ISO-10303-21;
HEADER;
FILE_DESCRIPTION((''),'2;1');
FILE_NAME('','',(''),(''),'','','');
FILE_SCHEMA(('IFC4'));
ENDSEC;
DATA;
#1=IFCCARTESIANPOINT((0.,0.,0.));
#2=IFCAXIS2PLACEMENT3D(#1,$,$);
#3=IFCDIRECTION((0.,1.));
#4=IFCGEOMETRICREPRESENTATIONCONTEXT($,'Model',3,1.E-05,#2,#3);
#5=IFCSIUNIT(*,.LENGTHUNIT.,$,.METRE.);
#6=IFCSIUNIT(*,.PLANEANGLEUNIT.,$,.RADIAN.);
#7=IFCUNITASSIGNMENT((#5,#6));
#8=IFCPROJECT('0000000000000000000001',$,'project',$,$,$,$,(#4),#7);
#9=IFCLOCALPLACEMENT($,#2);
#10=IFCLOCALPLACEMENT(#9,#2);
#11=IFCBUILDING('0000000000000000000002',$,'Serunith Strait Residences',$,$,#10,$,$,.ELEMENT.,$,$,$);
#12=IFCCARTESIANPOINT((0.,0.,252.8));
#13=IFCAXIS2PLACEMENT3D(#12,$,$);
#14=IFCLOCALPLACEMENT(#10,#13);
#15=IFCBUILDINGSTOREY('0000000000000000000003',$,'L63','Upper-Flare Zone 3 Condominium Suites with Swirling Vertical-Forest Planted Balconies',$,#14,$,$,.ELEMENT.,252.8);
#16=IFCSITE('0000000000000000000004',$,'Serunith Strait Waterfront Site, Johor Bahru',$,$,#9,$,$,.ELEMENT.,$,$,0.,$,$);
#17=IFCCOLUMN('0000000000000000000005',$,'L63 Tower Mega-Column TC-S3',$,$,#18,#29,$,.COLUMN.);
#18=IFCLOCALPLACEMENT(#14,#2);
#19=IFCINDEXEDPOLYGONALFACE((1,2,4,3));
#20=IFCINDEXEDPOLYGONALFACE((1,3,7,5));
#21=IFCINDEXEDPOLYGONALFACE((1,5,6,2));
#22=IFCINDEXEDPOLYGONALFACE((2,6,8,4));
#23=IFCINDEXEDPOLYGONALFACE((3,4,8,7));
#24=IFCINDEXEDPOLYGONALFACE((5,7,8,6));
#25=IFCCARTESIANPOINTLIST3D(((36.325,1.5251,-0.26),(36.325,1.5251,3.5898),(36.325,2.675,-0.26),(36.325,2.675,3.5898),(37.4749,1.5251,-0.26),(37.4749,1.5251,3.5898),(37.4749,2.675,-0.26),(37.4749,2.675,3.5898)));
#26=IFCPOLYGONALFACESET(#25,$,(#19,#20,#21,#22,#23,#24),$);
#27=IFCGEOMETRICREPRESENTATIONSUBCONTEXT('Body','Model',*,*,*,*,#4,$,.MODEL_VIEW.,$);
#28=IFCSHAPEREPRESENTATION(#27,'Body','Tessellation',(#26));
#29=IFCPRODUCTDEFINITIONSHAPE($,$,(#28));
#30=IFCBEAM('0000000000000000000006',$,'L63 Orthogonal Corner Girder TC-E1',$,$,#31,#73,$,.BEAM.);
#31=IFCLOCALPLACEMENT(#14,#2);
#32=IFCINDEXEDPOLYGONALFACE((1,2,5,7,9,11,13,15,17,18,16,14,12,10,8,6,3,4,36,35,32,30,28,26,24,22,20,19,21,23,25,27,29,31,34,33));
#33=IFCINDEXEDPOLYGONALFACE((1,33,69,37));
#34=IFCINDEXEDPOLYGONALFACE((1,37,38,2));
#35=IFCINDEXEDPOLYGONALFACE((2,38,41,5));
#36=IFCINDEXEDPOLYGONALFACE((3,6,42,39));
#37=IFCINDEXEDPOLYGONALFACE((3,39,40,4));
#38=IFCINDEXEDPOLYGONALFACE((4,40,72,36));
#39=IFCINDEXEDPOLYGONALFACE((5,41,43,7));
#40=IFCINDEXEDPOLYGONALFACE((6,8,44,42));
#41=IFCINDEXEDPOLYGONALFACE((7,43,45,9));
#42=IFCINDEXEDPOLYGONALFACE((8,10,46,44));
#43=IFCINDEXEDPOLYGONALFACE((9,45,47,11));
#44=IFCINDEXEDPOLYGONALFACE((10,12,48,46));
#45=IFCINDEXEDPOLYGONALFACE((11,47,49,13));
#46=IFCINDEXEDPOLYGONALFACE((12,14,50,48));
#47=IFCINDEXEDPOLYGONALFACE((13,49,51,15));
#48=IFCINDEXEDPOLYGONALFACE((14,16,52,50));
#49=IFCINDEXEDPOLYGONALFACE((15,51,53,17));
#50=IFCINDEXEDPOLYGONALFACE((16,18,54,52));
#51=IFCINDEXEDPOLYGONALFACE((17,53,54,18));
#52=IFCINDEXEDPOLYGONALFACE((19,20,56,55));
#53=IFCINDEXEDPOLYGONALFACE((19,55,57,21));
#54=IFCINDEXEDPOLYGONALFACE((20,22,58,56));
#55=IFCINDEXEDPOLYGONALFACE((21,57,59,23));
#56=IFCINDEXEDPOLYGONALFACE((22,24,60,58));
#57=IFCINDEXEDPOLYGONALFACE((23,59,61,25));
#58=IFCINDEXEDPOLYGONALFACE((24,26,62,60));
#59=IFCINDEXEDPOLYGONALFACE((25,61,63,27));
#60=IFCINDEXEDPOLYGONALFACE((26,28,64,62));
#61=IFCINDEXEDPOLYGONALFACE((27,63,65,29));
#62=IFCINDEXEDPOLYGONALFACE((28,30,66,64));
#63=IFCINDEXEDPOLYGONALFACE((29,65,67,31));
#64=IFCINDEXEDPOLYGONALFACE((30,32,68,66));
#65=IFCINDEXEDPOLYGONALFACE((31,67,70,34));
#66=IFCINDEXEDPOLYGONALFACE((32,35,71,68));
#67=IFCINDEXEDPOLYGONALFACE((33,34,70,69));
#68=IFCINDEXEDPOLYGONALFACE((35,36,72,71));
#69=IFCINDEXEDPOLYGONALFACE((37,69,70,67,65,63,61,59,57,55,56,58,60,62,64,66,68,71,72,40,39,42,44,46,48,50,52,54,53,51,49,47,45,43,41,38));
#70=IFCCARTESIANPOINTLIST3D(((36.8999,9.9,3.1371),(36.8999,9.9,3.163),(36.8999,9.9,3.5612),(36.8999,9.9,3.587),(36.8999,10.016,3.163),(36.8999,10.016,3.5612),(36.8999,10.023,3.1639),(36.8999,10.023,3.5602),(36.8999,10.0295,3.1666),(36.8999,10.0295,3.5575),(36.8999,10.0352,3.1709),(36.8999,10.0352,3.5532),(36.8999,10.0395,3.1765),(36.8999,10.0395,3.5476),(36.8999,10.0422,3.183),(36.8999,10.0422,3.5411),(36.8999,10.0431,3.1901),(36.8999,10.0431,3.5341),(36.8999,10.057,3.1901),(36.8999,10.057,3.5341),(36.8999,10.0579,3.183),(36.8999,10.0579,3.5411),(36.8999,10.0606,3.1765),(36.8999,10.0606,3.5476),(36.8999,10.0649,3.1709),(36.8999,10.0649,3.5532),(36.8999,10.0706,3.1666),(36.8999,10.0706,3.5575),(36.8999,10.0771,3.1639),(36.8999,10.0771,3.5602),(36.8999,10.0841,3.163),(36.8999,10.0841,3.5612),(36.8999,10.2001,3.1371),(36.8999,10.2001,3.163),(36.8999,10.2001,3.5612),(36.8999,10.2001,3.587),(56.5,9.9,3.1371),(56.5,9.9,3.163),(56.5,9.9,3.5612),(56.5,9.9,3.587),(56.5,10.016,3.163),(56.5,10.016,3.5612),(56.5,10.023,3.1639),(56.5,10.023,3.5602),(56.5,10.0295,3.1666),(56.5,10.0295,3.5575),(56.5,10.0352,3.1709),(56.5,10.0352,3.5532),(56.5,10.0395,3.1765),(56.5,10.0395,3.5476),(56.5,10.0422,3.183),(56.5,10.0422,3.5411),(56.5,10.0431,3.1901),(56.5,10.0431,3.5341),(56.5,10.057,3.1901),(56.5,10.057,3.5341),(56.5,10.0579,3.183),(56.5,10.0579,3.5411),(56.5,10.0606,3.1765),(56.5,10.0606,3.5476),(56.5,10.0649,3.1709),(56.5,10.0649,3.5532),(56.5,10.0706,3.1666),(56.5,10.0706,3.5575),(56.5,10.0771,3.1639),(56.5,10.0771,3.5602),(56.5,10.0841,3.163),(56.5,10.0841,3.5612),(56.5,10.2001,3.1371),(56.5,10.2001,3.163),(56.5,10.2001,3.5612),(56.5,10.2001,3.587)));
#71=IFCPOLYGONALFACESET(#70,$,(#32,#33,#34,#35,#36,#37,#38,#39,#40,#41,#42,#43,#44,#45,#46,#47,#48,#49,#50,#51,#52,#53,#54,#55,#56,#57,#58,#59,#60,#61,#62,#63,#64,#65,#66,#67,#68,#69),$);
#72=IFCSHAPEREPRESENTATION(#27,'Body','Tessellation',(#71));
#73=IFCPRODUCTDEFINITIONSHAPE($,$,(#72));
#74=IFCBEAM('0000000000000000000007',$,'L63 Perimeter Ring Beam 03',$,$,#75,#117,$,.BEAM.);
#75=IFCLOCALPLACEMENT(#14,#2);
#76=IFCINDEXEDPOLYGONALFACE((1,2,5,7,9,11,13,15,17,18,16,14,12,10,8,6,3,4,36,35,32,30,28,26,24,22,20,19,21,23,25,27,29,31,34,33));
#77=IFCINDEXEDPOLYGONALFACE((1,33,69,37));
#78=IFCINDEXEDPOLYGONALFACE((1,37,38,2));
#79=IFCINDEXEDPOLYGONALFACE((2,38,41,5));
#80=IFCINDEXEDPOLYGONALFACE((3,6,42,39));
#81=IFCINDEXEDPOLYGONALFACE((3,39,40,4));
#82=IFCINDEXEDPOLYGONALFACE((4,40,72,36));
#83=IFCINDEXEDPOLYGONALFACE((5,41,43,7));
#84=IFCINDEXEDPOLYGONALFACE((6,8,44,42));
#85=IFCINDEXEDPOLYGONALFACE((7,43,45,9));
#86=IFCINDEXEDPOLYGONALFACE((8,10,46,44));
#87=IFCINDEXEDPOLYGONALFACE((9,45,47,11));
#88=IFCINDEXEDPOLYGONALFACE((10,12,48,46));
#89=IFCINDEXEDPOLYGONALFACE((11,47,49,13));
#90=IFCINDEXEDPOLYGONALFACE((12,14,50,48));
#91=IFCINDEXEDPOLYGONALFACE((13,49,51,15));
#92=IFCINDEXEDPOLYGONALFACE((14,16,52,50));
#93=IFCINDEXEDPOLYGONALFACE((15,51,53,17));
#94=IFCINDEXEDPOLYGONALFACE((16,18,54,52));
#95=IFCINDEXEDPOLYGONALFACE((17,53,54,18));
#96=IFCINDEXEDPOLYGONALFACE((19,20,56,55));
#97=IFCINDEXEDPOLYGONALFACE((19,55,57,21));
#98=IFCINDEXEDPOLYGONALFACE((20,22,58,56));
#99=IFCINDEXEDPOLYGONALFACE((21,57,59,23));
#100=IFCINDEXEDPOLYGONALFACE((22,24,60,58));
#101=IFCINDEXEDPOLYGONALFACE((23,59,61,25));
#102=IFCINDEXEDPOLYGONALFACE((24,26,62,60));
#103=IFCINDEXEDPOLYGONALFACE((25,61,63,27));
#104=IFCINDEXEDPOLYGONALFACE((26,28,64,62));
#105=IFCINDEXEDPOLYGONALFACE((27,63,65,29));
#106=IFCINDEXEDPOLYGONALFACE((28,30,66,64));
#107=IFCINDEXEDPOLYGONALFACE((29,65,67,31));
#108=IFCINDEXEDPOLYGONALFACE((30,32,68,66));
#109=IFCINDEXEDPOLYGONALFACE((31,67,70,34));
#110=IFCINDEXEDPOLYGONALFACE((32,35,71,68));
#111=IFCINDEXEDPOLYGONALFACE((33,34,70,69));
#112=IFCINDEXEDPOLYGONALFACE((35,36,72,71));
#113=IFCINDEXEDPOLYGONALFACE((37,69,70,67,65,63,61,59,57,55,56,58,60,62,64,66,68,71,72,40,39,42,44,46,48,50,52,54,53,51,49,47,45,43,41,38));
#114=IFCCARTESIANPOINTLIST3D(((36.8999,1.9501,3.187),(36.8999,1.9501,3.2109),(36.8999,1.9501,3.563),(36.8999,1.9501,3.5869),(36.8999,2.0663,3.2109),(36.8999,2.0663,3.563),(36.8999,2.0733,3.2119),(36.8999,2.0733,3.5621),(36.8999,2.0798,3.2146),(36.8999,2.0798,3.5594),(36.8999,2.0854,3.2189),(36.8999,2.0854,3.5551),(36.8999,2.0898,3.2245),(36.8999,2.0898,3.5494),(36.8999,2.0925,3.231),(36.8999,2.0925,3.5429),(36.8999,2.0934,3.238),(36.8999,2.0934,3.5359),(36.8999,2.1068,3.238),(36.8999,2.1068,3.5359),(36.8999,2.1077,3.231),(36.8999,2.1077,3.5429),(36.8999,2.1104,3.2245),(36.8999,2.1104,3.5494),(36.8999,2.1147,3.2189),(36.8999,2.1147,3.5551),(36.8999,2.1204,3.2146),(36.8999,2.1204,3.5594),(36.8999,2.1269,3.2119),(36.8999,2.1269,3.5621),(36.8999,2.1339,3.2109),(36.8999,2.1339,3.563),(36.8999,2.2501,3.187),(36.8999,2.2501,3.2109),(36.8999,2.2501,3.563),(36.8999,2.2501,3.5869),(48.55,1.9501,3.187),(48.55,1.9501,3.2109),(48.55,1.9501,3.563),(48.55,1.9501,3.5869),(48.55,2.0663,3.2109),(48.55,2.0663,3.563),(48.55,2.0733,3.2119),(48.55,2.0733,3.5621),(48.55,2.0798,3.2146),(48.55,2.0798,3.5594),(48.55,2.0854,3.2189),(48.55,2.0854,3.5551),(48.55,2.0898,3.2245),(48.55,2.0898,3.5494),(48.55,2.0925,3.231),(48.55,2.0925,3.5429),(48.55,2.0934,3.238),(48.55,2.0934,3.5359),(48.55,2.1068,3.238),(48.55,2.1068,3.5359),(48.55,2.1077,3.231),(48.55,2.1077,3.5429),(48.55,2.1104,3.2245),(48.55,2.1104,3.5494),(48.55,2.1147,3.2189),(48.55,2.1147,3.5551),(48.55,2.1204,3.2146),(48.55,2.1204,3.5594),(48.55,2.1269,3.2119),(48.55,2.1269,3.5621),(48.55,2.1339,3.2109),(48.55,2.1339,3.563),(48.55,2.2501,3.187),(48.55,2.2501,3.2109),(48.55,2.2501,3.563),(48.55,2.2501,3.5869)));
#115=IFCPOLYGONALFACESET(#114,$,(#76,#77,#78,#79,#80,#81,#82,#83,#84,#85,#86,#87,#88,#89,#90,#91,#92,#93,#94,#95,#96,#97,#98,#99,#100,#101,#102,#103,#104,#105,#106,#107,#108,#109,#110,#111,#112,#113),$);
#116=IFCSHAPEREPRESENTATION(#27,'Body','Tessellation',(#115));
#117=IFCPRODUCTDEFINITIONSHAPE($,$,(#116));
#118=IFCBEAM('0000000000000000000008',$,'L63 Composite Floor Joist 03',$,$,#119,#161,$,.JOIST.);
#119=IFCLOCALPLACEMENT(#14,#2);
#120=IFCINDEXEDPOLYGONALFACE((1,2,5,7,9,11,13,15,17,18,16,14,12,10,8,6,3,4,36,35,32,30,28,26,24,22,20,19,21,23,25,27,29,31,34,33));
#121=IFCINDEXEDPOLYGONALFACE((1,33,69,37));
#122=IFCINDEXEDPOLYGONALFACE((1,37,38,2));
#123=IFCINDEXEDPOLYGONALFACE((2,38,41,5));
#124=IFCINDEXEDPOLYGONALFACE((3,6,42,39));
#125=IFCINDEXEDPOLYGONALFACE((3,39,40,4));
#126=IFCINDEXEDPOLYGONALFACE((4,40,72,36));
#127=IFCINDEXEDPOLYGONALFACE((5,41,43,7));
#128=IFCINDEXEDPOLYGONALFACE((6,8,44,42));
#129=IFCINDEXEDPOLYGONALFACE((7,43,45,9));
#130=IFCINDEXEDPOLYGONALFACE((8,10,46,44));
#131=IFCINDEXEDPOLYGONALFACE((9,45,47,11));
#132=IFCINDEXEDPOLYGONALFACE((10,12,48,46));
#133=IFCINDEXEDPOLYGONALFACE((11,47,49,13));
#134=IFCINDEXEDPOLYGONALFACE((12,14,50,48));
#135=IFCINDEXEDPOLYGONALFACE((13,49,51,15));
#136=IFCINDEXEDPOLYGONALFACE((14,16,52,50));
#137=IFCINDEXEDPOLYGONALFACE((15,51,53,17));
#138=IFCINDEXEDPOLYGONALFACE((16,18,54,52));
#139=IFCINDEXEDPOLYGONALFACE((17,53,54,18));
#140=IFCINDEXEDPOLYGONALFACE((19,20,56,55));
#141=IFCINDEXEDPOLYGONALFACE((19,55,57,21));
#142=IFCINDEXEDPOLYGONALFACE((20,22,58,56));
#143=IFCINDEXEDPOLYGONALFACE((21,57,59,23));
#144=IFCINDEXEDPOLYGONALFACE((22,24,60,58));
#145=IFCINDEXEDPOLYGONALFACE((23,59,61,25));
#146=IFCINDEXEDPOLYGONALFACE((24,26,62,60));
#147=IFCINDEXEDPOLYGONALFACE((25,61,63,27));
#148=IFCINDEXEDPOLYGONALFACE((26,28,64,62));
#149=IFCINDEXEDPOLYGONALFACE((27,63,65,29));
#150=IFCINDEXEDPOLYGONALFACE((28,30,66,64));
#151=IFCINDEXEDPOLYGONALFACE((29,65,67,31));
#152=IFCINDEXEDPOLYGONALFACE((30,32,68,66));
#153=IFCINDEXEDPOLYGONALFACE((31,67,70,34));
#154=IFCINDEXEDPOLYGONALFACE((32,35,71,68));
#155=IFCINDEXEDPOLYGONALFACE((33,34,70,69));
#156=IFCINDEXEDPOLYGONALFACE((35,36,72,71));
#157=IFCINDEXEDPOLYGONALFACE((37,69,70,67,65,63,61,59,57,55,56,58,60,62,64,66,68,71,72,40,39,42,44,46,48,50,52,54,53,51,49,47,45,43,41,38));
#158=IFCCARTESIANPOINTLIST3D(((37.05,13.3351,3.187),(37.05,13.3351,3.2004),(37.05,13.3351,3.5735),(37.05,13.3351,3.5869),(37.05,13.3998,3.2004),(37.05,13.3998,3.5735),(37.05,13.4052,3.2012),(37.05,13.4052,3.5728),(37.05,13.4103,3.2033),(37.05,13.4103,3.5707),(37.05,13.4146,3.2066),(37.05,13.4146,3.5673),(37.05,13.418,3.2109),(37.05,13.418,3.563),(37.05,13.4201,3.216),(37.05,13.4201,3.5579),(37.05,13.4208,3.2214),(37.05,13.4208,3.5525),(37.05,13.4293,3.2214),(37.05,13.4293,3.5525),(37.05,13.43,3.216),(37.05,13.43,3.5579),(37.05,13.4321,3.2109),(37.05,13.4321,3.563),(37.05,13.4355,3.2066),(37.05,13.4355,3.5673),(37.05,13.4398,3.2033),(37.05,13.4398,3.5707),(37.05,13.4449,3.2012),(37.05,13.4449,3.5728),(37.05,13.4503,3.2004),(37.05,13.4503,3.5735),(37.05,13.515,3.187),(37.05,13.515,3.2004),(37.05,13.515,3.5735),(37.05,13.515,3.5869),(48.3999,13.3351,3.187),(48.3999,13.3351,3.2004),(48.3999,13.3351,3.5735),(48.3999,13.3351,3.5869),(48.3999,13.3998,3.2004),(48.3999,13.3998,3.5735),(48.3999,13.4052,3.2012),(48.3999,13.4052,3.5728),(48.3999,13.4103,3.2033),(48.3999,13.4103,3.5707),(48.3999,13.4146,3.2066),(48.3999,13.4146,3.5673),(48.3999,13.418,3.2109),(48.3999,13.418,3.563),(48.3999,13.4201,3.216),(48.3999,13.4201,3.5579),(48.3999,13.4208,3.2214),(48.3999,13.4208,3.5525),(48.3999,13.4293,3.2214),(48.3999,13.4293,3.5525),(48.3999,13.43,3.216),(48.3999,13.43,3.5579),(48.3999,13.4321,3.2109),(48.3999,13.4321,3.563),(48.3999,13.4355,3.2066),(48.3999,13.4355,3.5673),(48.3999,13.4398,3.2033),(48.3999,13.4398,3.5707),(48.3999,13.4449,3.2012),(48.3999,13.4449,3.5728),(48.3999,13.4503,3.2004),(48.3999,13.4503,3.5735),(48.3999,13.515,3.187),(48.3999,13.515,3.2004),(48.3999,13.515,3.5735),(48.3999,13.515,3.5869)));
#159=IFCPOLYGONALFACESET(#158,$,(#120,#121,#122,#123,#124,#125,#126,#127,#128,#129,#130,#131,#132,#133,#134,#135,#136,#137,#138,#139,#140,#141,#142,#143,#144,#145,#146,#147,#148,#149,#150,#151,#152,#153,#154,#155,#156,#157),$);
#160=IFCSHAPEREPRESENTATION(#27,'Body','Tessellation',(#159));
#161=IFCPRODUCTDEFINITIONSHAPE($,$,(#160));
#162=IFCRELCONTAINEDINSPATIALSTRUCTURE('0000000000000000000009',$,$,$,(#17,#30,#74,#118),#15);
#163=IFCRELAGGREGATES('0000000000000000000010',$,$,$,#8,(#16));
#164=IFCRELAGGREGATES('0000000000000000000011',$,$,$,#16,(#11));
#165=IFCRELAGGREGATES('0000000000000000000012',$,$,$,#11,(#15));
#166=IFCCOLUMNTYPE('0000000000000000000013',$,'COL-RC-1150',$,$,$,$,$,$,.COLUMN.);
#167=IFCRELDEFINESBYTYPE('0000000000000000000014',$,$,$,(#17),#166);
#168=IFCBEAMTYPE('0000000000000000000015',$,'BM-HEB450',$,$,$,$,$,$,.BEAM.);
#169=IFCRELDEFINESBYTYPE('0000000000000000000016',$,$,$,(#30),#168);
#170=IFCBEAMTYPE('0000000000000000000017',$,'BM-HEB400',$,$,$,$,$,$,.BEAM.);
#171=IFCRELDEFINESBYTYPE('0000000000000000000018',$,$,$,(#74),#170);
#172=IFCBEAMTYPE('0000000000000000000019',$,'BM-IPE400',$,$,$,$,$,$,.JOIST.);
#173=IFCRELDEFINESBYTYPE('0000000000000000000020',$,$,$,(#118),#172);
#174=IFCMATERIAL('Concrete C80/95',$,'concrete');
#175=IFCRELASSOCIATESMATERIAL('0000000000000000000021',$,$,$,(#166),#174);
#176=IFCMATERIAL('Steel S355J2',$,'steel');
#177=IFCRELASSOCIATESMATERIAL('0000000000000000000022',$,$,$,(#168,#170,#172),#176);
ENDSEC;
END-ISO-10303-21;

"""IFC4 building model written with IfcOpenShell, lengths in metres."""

from ifc_helpers import new_model, si_unit, direction, frame, origin, origin_2d, place, context, subcontext, project, spatial, rectangle, i_section, extrude, source, transform, mapped, material, material_profile, profile_set, type_object, element, save


model = new_model("IFC4")

# Units and contexts
model_context = context("Model", 3, precision=1e-05, world=origin(), true_north=direction((0.0, 1.0)))
body_context = subcontext(model_context, "Body", "Model", "MODEL_VIEW")
ifc_project = project(units=[si_unit("LENGTHUNIT", "METRE"), si_unit("PLANEANGLEUNIT", "RADIAN")], contexts=[model_context])

# Site, building, storey
site_placement = place(None, origin())
site = spatial("IfcSite", under=ifc_project, at=site_placement, Name="Serunith Strait Waterfront Site, Johor Bahru", CompositionType="ELEMENT", RefElevation=0.0)
building_placement = place(site_placement, origin())
building = spatial("IfcBuilding", under=site, at=building_placement, Name="Serunith Strait Residences", CompositionType="ELEMENT")
storey_placement = place(building_placement, frame((0.0, 0.0, 252.8)))
storey = spatial("IfcBuildingStorey", under=building, at=storey_placement, Name="L63", Description="Upper-Flare Zone 3 Condominium Suites with Swirling Vertical-Forest Planted Balconies", CompositionType="ELEMENT", Elevation=252.8)

# Column
ifc_material_1 = material(Name="Concrete C80/95", Category="concrete")
ifc_material_profile_1 = material_profile(ifc_material_1, rectangle(XDim=1.1499, YDim=1.1499, at=origin_2d()), Name="RC 1150x1150")
ifc_profile_set_1 = profile_set([ifc_material_profile_1], Name="Concrete C80/95")
column_type = type_object("IfcColumnType", Name="COL-RC-1150", PredefinedType="COLUMN", material=ifc_profile_set_1)
shared_shape_1 = source(origin(), body_context, "Body", "SweptSolid", [
    extrude(rectangle(XDim=1.1499, YDim=1.1499, at=origin_2d()), origin(), (0.0, 0.0, 1.0), 3.8499),
])
column_placement = place(storey_placement, frame((36.8999, 2.1001, -0.26), z_axis=(0.0, 0.0, 1.0), x_axis=(1.0, 0.0, 0.0)))
element("IfcColumn", 1, at=column_placement, inside=storey, type_object=column_type, Name="L63 Tower Mega-Column TC-S3", PredefinedType="COLUMN", context=body_context, shape_type="MappedRepresentation", body=[
    mapped(shared_shape_1, transform((0.0, 0.0, 0.0), scale=1.0)),
])

# Beams
ifc_material_2 = material(Name="Steel S355J2", Category="steel")
ifc_material_profile_2 = material_profile(ifc_material_2, i_section(OverallWidth=0.3, OverallDepth=0.45, WebThickness=0.0139, FlangeThickness=0.0259, FilletRadius=0.0271, at=origin_2d()), Name="HEB 450")
ifc_profile_set_2 = profile_set([ifc_material_profile_2], Name="Steel S355J2")
beam_type_1 = type_object("IfcBeamType", Name="BM-HEB450", PredefinedType="BEAM", material=ifc_profile_set_2)
shared_shape_2 = source(origin(), body_context, "Body", "SweptSolid", [
    extrude(i_section(OverallWidth=0.3, OverallDepth=0.45, WebThickness=0.0139, FlangeThickness=0.0259, FilletRadius=0.0271, at=origin_2d()), origin(), (0.0, 0.0, 1.0), 19.6001),
])
beam_1_placement = place(storey_placement, frame((36.8999, 10.05, 3.3621), z_axis=(1.0, 0.0, 0.0), x_axis=(0.0, 1.0, 0.0)))
element("IfcBeam", 2, at=beam_1_placement, inside=storey, type_object=beam_type_1, Name="L63 Orthogonal Corner Girder TC-E1", PredefinedType="BEAM", context=body_context, shape_type="MappedRepresentation", body=[
    mapped(shared_shape_2, transform((0.0, 0.0, 0.0), scale=1.0)),
])
ifc_material_profile_3 = material_profile(ifc_material_2, i_section(OverallWidth=0.3, OverallDepth=0.3999, WebThickness=0.0134, FlangeThickness=0.0239, FilletRadius=0.0271, at=origin_2d()), Name="HEB 400")
ifc_profile_set_3 = profile_set([ifc_material_profile_3], Name="Steel S355J2")
beam_type_2 = type_object("IfcBeamType", Name="BM-HEB400", PredefinedType="BEAM", material=ifc_profile_set_3)
shared_shape_3 = source(origin(), body_context, "Body", "SweptSolid", [
    extrude(i_section(OverallWidth=0.3, OverallDepth=0.3999, WebThickness=0.0134, FlangeThickness=0.0239, FilletRadius=0.0271, at=origin_2d()), origin(), (0.0, 0.0, 1.0), 11.6501),
])
beam_2_placement = place(storey_placement, frame((36.8999, 2.1001, 3.387), z_axis=(1.0, 0.0, 0.0), x_axis=(0.0, 1.0, 0.0)))
element("IfcBeam", 3, at=beam_2_placement, inside=storey, type_object=beam_type_2, Name="L63 Perimeter Ring Beam 03", PredefinedType="BEAM", context=body_context, shape_type="MappedRepresentation", body=[
    mapped(shared_shape_3, transform((0.0, 0.0, 0.0), scale=1.0)),
])
ifc_material_profile_4 = material_profile(ifc_material_2, i_section(OverallWidth=0.1799, OverallDepth=0.3999, WebThickness=0.0085, FlangeThickness=0.0134, FilletRadius=0.021, at=origin_2d()), Name="IPE 400")
ifc_profile_set_4 = profile_set([ifc_material_profile_4], Name="Steel S355J2")
beam_type_3 = type_object("IfcBeamType", Name="BM-IPE400", PredefinedType="JOIST", material=ifc_profile_set_4)
shared_shape_4 = source(origin(), body_context, "Body", "SweptSolid", [
    extrude(i_section(OverallWidth=0.1799, OverallDepth=0.3999, WebThickness=0.0085, FlangeThickness=0.0134, FilletRadius=0.021, at=origin_2d()), origin(), (0.0, 0.0, 1.0), 11.3499),
])
beam_3_placement = place(storey_placement, frame((37.05, 13.425, 3.387), z_axis=(1.0, 0.0, 0.0), x_axis=(0.0, 1.0, 0.0)))
element("IfcBeam", 4, at=beam_3_placement, inside=storey, type_object=beam_type_3, Name="L63 Composite Floor Joist 03", PredefinedType="JOIST", context=body_context, shape_type="MappedRepresentation", body=[
    mapped(shared_shape_4, transform((0.0, 0.0, 0.0), scale=1.0)),
])

save(model, "model.ifc")
